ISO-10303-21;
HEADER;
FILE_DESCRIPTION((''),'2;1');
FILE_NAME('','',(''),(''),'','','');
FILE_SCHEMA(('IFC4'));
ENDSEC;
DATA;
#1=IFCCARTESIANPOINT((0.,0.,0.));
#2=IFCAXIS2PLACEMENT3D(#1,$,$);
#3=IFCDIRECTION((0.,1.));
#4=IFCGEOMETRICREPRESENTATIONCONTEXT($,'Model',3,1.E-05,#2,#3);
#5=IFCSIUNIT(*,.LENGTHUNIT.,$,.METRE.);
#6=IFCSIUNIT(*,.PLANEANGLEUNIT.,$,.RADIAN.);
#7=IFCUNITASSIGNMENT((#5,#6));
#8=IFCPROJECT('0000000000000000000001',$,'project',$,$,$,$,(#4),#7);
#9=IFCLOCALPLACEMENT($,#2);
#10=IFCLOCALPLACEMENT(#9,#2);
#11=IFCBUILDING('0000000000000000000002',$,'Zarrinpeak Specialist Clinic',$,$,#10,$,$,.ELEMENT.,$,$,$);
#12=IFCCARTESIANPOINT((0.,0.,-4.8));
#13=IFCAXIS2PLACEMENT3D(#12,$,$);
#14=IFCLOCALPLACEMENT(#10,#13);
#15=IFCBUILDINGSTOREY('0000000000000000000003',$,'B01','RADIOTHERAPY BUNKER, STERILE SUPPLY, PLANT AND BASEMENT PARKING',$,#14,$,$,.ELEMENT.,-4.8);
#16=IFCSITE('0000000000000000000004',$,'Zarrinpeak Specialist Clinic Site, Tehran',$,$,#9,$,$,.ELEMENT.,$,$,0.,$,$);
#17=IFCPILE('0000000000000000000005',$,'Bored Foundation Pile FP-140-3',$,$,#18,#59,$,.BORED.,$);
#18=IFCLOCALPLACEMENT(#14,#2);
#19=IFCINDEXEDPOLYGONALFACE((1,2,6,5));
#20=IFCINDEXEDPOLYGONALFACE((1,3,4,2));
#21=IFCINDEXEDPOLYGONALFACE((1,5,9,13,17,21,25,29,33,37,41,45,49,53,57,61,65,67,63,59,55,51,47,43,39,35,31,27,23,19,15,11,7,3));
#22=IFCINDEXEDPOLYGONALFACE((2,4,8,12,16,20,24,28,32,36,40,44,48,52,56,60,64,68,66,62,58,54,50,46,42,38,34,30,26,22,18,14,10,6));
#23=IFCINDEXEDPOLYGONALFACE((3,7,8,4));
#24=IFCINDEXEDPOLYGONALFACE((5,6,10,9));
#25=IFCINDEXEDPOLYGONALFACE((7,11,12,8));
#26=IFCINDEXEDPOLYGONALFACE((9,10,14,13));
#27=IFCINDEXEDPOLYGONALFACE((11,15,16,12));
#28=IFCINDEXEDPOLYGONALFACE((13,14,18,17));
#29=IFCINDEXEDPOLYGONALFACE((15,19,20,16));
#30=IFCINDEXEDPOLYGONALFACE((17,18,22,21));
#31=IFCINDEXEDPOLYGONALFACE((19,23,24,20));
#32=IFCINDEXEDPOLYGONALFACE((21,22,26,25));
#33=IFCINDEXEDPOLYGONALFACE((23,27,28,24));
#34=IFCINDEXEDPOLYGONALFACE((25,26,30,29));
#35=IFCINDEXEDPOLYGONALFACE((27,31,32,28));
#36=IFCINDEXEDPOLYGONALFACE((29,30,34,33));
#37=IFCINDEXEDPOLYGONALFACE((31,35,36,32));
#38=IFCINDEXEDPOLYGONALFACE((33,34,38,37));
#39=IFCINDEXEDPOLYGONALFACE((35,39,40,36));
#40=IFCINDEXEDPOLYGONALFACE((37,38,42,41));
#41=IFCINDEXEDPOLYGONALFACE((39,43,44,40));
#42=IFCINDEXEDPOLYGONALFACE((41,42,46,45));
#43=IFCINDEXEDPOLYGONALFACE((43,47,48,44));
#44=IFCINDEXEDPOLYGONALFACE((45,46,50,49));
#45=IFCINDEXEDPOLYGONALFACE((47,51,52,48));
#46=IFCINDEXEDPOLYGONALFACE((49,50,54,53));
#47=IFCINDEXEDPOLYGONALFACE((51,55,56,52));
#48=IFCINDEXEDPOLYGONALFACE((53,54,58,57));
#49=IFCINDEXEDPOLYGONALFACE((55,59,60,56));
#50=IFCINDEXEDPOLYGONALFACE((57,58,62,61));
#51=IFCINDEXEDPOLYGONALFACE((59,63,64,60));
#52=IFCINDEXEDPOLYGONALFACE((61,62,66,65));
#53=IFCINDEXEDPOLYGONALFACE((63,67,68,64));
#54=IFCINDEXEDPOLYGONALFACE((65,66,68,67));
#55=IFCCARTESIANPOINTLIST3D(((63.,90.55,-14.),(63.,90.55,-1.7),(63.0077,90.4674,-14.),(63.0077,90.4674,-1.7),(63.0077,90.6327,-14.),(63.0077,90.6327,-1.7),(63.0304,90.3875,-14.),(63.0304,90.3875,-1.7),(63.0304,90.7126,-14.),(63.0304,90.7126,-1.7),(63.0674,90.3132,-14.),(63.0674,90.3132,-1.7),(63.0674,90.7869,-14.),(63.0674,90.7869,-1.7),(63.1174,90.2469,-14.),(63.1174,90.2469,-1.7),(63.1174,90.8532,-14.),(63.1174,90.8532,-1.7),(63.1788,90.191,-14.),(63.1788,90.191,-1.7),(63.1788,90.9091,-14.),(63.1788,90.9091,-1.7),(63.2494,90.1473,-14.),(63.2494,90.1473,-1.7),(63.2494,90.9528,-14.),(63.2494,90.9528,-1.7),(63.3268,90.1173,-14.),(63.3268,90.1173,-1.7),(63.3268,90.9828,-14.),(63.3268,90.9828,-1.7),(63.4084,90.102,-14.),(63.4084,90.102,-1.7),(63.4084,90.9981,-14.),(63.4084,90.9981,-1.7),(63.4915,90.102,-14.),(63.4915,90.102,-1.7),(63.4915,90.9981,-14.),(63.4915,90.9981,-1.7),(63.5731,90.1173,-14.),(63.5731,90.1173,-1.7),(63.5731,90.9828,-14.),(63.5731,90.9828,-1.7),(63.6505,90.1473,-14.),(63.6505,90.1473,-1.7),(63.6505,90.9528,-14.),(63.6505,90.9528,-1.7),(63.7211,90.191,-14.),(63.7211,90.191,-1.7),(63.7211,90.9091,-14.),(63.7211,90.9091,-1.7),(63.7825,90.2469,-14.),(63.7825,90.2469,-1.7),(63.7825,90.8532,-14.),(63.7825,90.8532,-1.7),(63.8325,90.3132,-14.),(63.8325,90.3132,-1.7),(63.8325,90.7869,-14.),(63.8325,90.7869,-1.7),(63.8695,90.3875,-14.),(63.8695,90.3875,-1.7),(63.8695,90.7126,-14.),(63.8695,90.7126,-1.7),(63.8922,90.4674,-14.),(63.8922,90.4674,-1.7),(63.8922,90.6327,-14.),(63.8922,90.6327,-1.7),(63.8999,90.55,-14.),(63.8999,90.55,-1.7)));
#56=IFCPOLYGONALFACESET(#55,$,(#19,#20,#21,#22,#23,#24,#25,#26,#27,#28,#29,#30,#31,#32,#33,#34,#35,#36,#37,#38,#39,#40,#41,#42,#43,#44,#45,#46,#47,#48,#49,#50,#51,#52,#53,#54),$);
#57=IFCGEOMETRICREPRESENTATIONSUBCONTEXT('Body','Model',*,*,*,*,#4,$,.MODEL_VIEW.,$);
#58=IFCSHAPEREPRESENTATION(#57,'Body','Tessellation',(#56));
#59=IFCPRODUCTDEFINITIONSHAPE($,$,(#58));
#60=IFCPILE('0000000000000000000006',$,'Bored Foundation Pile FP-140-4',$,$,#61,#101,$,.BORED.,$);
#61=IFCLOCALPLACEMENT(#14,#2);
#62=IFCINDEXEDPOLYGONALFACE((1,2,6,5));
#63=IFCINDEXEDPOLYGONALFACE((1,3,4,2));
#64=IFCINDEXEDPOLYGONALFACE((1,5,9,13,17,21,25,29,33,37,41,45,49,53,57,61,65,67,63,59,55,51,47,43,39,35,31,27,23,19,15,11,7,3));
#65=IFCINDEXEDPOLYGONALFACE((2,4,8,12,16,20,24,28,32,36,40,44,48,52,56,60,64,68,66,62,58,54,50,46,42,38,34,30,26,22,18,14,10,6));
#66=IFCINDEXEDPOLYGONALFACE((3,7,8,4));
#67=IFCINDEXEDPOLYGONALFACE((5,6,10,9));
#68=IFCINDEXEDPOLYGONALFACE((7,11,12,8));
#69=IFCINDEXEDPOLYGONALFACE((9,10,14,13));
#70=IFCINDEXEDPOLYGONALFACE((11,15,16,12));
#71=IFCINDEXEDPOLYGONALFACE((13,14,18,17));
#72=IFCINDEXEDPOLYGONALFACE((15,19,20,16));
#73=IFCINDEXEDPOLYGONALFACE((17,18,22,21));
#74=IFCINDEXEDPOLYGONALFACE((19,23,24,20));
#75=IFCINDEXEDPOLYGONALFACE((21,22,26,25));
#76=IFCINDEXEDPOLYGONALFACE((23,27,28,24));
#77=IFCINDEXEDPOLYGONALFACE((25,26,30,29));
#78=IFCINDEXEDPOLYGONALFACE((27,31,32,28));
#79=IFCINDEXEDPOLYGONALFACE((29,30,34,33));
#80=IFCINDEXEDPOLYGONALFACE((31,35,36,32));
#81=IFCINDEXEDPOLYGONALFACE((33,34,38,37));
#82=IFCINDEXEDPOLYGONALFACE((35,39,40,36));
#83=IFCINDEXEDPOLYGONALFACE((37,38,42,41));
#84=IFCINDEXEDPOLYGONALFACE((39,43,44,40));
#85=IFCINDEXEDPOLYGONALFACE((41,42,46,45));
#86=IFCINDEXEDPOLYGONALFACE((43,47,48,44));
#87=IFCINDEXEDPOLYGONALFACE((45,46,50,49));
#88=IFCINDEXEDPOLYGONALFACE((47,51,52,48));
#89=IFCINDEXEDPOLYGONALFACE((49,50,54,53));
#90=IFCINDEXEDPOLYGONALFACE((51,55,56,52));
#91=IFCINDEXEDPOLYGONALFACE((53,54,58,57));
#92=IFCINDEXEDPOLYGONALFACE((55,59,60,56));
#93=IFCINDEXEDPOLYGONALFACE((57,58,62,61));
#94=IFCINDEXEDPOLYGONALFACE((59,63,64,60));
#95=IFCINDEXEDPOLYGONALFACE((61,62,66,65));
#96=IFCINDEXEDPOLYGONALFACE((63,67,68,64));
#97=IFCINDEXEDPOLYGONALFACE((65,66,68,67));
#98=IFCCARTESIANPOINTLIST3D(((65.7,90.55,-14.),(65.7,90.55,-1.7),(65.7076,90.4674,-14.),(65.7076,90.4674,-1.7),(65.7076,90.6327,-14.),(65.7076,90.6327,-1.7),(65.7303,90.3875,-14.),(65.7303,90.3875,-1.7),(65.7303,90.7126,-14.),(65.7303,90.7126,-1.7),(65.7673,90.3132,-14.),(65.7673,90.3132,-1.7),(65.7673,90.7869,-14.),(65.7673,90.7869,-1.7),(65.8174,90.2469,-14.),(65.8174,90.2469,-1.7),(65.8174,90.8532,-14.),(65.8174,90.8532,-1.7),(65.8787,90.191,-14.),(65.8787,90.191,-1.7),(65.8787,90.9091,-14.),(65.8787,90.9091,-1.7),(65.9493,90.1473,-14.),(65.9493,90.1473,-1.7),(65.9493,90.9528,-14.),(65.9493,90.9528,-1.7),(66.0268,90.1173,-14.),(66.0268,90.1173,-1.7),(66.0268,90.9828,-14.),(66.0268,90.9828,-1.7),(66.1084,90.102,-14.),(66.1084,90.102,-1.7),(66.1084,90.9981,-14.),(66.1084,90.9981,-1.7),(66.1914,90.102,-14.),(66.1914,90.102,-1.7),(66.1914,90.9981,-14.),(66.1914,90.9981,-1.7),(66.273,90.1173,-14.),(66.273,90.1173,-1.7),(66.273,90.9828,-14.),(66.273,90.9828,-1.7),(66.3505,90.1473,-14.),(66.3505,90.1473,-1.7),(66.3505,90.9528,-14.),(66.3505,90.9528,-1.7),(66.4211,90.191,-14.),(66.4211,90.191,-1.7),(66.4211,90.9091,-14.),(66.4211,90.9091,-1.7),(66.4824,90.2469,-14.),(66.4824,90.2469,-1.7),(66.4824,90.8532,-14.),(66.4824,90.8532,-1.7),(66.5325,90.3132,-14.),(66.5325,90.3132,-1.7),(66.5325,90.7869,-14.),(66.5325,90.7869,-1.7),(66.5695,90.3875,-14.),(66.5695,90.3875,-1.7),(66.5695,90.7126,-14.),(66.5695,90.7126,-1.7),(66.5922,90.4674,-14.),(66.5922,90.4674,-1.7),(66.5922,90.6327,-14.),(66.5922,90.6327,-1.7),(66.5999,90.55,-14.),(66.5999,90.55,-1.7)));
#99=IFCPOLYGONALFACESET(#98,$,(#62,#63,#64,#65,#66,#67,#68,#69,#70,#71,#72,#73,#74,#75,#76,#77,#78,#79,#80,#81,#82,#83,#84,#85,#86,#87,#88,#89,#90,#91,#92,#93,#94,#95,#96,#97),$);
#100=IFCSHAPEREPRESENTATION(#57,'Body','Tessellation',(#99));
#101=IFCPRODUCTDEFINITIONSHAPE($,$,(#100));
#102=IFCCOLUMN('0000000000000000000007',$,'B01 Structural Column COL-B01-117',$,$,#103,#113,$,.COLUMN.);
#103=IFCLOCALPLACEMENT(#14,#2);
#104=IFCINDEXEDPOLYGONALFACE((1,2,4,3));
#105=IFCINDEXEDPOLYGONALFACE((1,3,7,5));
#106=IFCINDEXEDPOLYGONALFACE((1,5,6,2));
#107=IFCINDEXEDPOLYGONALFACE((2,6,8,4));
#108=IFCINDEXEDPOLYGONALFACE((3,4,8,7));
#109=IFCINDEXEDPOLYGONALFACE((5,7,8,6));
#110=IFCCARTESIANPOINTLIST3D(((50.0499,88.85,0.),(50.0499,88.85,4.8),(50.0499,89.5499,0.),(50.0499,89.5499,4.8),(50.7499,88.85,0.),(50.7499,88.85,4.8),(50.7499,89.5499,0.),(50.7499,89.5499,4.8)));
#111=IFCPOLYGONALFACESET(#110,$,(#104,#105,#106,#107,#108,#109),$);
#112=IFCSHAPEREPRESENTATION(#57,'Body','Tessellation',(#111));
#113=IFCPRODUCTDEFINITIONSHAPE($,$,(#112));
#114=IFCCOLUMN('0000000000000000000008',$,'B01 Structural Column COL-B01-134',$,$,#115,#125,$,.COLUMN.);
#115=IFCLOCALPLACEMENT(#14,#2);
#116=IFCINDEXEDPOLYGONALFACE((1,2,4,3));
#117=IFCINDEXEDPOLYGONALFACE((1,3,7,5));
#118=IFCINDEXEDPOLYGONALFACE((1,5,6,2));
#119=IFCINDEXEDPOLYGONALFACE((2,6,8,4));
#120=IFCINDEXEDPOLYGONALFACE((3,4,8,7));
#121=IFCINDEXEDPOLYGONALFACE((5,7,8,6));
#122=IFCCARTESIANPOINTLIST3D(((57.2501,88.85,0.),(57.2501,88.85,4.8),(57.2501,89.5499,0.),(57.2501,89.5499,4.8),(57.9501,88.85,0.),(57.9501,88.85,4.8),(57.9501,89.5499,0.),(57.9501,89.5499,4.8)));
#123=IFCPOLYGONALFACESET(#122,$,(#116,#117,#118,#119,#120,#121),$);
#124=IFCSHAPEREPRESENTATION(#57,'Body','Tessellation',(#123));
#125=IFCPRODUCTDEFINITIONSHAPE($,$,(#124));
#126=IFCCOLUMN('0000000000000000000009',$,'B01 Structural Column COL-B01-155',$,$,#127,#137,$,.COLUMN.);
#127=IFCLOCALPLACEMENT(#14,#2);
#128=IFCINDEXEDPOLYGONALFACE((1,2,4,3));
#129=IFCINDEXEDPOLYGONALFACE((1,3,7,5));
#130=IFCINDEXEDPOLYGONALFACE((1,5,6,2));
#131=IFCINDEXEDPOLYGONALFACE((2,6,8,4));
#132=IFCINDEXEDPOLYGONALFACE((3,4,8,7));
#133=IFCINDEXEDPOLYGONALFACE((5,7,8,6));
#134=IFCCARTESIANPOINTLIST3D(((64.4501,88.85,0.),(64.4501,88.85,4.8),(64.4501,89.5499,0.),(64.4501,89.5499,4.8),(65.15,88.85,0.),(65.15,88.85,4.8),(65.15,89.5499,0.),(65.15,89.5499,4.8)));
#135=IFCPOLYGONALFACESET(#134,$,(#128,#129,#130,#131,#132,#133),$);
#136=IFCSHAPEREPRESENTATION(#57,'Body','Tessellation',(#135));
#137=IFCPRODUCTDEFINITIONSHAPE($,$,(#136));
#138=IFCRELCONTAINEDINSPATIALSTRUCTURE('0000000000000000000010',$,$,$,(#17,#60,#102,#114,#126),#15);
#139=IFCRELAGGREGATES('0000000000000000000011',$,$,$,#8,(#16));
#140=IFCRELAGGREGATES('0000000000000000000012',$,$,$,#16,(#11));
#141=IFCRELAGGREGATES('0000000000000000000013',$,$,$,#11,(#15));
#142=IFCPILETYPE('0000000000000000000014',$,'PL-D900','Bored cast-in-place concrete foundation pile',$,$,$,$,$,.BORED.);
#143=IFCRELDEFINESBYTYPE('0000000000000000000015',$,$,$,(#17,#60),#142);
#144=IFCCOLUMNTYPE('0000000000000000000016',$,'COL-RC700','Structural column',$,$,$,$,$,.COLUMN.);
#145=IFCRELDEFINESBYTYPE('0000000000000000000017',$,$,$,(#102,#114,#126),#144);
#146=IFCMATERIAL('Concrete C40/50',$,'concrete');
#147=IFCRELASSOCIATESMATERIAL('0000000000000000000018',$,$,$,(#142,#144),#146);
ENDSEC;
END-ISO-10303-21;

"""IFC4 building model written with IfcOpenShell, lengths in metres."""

from ifc_helpers import new_model, si_unit, direction, frame, origin, origin_2d, place, context, subcontext, project, spatial, rectangle, circle, extrude, material, material_profile, profile_set, type_object, element, save


model = new_model("IFC4")

# Units and contexts
model_context = context("Model", 3, precision=1e-05, world=origin(), true_north=direction((0.0, 1.0)))
body_context = subcontext(model_context, "Body", "Model", "MODEL_VIEW")
ifc_project = project(units=[si_unit("LENGTHUNIT", "METRE"), si_unit("PLANEANGLEUNIT", "RADIAN")], contexts=[model_context])

# Site, building, storey
site_placement = place(None, origin())
site = spatial("IfcSite", under=ifc_project, at=site_placement, Name="Zarrinpeak Specialist Clinic Site, Tehran", CompositionType="ELEMENT", RefElevation=0.0)
building_placement = place(site_placement, origin())
building = spatial("IfcBuilding", under=site, at=building_placement, Name="Zarrinpeak Specialist Clinic", CompositionType="ELEMENT")
storey_placement = place(building_placement, frame((0.0, 0.0, -4.8)))
storey = spatial("IfcBuildingStorey", under=building, at=storey_placement, Name="B01", Description="RADIOTHERAPY BUNKER, STERILE SUPPLY, PLANT AND BASEMENT PARKING", CompositionType="ELEMENT", Elevation=-4.8)

# Shared definitions
ifc_material = material(Name="Concrete C40/50", Category="concrete")

# Piles
ifc_material_profile_1 = material_profile(ifc_material, circle(Radius=0.45, at=origin_2d()), Name="BORED PILE D900")
ifc_profile_set_1 = profile_set([ifc_material_profile_1], Name="Concrete C40/50")
pile_type_1 = type_object("IfcPileType", Name="PL-D900", Description="Bored cast-in-place concrete foundation pile", PredefinedType="BORED", material=ifc_profile_set_1)
for number, where, z_axis, x_axis, name in (
    (1, (63.45, 90.55, -1.7), (0.0, 0.0, -1.0), (1.0, 0.0, 0.0), "Bored Foundation Pile FP-140-3"),
    (2, (66.1499, 90.55, -1.7), (0.0, 0.0, -1.0), (1.0, 0.0, 0.0), "Bored Foundation Pile FP-140-4"),
):
    element("IfcPile", number, at=place(storey_placement, frame(where, z_axis=z_axis, x_axis=x_axis)), inside=storey, type_object=pile_type_1, Name=name, PredefinedType="BORED", context=body_context, shape_type="SweptSolid", body=[
        extrude(circle(Radius=0.45, at=origin_2d()), origin(), (0.0, 0.0, 1.0), 12.3),
    ])

# Columns
ifc_material_profile_2 = material_profile(ifc_material, rectangle(XDim=0.7, YDim=0.7, at=origin_2d()), Name="RC 700x700")
ifc_profile_set_2 = profile_set([ifc_material_profile_2], Name="Concrete C40/50")
column_type = type_object("IfcColumnType", Name="COL-RC700", Description="Structural column", PredefinedType="COLUMN", material=ifc_profile_set_2)
for number, where, z_axis, x_axis, name in (
    (3, (50.3999, 89.2, 0.0), (0.0, 0.0, 1.0), (1.0, 0.0, 0.0), "B01 Structural Column COL-B01-117"),
    (4, (57.6001, 89.2, 0.0), (0.0, 0.0, 1.0), (1.0, 0.0, 0.0), "B01 Structural Column COL-B01-134"),
    (5, (64.8, 89.2, 0.0), (0.0, 0.0, 1.0), (1.0, 0.0, 0.0), "B01 Structural Column COL-B01-155"),
):
    element("IfcColumn", number, at=place(storey_placement, frame(where, z_axis=z_axis, x_axis=x_axis)), inside=storey, type_object=column_type, Name=name, PredefinedType="COLUMN", context=body_context, shape_type="SweptSolid", body=[
        extrude(rectangle(XDim=0.7, YDim=0.7, at=origin_2d()), origin(), (0.0, 0.0, 1.0), 4.8),
    ])

save(model, "model.ifc")
